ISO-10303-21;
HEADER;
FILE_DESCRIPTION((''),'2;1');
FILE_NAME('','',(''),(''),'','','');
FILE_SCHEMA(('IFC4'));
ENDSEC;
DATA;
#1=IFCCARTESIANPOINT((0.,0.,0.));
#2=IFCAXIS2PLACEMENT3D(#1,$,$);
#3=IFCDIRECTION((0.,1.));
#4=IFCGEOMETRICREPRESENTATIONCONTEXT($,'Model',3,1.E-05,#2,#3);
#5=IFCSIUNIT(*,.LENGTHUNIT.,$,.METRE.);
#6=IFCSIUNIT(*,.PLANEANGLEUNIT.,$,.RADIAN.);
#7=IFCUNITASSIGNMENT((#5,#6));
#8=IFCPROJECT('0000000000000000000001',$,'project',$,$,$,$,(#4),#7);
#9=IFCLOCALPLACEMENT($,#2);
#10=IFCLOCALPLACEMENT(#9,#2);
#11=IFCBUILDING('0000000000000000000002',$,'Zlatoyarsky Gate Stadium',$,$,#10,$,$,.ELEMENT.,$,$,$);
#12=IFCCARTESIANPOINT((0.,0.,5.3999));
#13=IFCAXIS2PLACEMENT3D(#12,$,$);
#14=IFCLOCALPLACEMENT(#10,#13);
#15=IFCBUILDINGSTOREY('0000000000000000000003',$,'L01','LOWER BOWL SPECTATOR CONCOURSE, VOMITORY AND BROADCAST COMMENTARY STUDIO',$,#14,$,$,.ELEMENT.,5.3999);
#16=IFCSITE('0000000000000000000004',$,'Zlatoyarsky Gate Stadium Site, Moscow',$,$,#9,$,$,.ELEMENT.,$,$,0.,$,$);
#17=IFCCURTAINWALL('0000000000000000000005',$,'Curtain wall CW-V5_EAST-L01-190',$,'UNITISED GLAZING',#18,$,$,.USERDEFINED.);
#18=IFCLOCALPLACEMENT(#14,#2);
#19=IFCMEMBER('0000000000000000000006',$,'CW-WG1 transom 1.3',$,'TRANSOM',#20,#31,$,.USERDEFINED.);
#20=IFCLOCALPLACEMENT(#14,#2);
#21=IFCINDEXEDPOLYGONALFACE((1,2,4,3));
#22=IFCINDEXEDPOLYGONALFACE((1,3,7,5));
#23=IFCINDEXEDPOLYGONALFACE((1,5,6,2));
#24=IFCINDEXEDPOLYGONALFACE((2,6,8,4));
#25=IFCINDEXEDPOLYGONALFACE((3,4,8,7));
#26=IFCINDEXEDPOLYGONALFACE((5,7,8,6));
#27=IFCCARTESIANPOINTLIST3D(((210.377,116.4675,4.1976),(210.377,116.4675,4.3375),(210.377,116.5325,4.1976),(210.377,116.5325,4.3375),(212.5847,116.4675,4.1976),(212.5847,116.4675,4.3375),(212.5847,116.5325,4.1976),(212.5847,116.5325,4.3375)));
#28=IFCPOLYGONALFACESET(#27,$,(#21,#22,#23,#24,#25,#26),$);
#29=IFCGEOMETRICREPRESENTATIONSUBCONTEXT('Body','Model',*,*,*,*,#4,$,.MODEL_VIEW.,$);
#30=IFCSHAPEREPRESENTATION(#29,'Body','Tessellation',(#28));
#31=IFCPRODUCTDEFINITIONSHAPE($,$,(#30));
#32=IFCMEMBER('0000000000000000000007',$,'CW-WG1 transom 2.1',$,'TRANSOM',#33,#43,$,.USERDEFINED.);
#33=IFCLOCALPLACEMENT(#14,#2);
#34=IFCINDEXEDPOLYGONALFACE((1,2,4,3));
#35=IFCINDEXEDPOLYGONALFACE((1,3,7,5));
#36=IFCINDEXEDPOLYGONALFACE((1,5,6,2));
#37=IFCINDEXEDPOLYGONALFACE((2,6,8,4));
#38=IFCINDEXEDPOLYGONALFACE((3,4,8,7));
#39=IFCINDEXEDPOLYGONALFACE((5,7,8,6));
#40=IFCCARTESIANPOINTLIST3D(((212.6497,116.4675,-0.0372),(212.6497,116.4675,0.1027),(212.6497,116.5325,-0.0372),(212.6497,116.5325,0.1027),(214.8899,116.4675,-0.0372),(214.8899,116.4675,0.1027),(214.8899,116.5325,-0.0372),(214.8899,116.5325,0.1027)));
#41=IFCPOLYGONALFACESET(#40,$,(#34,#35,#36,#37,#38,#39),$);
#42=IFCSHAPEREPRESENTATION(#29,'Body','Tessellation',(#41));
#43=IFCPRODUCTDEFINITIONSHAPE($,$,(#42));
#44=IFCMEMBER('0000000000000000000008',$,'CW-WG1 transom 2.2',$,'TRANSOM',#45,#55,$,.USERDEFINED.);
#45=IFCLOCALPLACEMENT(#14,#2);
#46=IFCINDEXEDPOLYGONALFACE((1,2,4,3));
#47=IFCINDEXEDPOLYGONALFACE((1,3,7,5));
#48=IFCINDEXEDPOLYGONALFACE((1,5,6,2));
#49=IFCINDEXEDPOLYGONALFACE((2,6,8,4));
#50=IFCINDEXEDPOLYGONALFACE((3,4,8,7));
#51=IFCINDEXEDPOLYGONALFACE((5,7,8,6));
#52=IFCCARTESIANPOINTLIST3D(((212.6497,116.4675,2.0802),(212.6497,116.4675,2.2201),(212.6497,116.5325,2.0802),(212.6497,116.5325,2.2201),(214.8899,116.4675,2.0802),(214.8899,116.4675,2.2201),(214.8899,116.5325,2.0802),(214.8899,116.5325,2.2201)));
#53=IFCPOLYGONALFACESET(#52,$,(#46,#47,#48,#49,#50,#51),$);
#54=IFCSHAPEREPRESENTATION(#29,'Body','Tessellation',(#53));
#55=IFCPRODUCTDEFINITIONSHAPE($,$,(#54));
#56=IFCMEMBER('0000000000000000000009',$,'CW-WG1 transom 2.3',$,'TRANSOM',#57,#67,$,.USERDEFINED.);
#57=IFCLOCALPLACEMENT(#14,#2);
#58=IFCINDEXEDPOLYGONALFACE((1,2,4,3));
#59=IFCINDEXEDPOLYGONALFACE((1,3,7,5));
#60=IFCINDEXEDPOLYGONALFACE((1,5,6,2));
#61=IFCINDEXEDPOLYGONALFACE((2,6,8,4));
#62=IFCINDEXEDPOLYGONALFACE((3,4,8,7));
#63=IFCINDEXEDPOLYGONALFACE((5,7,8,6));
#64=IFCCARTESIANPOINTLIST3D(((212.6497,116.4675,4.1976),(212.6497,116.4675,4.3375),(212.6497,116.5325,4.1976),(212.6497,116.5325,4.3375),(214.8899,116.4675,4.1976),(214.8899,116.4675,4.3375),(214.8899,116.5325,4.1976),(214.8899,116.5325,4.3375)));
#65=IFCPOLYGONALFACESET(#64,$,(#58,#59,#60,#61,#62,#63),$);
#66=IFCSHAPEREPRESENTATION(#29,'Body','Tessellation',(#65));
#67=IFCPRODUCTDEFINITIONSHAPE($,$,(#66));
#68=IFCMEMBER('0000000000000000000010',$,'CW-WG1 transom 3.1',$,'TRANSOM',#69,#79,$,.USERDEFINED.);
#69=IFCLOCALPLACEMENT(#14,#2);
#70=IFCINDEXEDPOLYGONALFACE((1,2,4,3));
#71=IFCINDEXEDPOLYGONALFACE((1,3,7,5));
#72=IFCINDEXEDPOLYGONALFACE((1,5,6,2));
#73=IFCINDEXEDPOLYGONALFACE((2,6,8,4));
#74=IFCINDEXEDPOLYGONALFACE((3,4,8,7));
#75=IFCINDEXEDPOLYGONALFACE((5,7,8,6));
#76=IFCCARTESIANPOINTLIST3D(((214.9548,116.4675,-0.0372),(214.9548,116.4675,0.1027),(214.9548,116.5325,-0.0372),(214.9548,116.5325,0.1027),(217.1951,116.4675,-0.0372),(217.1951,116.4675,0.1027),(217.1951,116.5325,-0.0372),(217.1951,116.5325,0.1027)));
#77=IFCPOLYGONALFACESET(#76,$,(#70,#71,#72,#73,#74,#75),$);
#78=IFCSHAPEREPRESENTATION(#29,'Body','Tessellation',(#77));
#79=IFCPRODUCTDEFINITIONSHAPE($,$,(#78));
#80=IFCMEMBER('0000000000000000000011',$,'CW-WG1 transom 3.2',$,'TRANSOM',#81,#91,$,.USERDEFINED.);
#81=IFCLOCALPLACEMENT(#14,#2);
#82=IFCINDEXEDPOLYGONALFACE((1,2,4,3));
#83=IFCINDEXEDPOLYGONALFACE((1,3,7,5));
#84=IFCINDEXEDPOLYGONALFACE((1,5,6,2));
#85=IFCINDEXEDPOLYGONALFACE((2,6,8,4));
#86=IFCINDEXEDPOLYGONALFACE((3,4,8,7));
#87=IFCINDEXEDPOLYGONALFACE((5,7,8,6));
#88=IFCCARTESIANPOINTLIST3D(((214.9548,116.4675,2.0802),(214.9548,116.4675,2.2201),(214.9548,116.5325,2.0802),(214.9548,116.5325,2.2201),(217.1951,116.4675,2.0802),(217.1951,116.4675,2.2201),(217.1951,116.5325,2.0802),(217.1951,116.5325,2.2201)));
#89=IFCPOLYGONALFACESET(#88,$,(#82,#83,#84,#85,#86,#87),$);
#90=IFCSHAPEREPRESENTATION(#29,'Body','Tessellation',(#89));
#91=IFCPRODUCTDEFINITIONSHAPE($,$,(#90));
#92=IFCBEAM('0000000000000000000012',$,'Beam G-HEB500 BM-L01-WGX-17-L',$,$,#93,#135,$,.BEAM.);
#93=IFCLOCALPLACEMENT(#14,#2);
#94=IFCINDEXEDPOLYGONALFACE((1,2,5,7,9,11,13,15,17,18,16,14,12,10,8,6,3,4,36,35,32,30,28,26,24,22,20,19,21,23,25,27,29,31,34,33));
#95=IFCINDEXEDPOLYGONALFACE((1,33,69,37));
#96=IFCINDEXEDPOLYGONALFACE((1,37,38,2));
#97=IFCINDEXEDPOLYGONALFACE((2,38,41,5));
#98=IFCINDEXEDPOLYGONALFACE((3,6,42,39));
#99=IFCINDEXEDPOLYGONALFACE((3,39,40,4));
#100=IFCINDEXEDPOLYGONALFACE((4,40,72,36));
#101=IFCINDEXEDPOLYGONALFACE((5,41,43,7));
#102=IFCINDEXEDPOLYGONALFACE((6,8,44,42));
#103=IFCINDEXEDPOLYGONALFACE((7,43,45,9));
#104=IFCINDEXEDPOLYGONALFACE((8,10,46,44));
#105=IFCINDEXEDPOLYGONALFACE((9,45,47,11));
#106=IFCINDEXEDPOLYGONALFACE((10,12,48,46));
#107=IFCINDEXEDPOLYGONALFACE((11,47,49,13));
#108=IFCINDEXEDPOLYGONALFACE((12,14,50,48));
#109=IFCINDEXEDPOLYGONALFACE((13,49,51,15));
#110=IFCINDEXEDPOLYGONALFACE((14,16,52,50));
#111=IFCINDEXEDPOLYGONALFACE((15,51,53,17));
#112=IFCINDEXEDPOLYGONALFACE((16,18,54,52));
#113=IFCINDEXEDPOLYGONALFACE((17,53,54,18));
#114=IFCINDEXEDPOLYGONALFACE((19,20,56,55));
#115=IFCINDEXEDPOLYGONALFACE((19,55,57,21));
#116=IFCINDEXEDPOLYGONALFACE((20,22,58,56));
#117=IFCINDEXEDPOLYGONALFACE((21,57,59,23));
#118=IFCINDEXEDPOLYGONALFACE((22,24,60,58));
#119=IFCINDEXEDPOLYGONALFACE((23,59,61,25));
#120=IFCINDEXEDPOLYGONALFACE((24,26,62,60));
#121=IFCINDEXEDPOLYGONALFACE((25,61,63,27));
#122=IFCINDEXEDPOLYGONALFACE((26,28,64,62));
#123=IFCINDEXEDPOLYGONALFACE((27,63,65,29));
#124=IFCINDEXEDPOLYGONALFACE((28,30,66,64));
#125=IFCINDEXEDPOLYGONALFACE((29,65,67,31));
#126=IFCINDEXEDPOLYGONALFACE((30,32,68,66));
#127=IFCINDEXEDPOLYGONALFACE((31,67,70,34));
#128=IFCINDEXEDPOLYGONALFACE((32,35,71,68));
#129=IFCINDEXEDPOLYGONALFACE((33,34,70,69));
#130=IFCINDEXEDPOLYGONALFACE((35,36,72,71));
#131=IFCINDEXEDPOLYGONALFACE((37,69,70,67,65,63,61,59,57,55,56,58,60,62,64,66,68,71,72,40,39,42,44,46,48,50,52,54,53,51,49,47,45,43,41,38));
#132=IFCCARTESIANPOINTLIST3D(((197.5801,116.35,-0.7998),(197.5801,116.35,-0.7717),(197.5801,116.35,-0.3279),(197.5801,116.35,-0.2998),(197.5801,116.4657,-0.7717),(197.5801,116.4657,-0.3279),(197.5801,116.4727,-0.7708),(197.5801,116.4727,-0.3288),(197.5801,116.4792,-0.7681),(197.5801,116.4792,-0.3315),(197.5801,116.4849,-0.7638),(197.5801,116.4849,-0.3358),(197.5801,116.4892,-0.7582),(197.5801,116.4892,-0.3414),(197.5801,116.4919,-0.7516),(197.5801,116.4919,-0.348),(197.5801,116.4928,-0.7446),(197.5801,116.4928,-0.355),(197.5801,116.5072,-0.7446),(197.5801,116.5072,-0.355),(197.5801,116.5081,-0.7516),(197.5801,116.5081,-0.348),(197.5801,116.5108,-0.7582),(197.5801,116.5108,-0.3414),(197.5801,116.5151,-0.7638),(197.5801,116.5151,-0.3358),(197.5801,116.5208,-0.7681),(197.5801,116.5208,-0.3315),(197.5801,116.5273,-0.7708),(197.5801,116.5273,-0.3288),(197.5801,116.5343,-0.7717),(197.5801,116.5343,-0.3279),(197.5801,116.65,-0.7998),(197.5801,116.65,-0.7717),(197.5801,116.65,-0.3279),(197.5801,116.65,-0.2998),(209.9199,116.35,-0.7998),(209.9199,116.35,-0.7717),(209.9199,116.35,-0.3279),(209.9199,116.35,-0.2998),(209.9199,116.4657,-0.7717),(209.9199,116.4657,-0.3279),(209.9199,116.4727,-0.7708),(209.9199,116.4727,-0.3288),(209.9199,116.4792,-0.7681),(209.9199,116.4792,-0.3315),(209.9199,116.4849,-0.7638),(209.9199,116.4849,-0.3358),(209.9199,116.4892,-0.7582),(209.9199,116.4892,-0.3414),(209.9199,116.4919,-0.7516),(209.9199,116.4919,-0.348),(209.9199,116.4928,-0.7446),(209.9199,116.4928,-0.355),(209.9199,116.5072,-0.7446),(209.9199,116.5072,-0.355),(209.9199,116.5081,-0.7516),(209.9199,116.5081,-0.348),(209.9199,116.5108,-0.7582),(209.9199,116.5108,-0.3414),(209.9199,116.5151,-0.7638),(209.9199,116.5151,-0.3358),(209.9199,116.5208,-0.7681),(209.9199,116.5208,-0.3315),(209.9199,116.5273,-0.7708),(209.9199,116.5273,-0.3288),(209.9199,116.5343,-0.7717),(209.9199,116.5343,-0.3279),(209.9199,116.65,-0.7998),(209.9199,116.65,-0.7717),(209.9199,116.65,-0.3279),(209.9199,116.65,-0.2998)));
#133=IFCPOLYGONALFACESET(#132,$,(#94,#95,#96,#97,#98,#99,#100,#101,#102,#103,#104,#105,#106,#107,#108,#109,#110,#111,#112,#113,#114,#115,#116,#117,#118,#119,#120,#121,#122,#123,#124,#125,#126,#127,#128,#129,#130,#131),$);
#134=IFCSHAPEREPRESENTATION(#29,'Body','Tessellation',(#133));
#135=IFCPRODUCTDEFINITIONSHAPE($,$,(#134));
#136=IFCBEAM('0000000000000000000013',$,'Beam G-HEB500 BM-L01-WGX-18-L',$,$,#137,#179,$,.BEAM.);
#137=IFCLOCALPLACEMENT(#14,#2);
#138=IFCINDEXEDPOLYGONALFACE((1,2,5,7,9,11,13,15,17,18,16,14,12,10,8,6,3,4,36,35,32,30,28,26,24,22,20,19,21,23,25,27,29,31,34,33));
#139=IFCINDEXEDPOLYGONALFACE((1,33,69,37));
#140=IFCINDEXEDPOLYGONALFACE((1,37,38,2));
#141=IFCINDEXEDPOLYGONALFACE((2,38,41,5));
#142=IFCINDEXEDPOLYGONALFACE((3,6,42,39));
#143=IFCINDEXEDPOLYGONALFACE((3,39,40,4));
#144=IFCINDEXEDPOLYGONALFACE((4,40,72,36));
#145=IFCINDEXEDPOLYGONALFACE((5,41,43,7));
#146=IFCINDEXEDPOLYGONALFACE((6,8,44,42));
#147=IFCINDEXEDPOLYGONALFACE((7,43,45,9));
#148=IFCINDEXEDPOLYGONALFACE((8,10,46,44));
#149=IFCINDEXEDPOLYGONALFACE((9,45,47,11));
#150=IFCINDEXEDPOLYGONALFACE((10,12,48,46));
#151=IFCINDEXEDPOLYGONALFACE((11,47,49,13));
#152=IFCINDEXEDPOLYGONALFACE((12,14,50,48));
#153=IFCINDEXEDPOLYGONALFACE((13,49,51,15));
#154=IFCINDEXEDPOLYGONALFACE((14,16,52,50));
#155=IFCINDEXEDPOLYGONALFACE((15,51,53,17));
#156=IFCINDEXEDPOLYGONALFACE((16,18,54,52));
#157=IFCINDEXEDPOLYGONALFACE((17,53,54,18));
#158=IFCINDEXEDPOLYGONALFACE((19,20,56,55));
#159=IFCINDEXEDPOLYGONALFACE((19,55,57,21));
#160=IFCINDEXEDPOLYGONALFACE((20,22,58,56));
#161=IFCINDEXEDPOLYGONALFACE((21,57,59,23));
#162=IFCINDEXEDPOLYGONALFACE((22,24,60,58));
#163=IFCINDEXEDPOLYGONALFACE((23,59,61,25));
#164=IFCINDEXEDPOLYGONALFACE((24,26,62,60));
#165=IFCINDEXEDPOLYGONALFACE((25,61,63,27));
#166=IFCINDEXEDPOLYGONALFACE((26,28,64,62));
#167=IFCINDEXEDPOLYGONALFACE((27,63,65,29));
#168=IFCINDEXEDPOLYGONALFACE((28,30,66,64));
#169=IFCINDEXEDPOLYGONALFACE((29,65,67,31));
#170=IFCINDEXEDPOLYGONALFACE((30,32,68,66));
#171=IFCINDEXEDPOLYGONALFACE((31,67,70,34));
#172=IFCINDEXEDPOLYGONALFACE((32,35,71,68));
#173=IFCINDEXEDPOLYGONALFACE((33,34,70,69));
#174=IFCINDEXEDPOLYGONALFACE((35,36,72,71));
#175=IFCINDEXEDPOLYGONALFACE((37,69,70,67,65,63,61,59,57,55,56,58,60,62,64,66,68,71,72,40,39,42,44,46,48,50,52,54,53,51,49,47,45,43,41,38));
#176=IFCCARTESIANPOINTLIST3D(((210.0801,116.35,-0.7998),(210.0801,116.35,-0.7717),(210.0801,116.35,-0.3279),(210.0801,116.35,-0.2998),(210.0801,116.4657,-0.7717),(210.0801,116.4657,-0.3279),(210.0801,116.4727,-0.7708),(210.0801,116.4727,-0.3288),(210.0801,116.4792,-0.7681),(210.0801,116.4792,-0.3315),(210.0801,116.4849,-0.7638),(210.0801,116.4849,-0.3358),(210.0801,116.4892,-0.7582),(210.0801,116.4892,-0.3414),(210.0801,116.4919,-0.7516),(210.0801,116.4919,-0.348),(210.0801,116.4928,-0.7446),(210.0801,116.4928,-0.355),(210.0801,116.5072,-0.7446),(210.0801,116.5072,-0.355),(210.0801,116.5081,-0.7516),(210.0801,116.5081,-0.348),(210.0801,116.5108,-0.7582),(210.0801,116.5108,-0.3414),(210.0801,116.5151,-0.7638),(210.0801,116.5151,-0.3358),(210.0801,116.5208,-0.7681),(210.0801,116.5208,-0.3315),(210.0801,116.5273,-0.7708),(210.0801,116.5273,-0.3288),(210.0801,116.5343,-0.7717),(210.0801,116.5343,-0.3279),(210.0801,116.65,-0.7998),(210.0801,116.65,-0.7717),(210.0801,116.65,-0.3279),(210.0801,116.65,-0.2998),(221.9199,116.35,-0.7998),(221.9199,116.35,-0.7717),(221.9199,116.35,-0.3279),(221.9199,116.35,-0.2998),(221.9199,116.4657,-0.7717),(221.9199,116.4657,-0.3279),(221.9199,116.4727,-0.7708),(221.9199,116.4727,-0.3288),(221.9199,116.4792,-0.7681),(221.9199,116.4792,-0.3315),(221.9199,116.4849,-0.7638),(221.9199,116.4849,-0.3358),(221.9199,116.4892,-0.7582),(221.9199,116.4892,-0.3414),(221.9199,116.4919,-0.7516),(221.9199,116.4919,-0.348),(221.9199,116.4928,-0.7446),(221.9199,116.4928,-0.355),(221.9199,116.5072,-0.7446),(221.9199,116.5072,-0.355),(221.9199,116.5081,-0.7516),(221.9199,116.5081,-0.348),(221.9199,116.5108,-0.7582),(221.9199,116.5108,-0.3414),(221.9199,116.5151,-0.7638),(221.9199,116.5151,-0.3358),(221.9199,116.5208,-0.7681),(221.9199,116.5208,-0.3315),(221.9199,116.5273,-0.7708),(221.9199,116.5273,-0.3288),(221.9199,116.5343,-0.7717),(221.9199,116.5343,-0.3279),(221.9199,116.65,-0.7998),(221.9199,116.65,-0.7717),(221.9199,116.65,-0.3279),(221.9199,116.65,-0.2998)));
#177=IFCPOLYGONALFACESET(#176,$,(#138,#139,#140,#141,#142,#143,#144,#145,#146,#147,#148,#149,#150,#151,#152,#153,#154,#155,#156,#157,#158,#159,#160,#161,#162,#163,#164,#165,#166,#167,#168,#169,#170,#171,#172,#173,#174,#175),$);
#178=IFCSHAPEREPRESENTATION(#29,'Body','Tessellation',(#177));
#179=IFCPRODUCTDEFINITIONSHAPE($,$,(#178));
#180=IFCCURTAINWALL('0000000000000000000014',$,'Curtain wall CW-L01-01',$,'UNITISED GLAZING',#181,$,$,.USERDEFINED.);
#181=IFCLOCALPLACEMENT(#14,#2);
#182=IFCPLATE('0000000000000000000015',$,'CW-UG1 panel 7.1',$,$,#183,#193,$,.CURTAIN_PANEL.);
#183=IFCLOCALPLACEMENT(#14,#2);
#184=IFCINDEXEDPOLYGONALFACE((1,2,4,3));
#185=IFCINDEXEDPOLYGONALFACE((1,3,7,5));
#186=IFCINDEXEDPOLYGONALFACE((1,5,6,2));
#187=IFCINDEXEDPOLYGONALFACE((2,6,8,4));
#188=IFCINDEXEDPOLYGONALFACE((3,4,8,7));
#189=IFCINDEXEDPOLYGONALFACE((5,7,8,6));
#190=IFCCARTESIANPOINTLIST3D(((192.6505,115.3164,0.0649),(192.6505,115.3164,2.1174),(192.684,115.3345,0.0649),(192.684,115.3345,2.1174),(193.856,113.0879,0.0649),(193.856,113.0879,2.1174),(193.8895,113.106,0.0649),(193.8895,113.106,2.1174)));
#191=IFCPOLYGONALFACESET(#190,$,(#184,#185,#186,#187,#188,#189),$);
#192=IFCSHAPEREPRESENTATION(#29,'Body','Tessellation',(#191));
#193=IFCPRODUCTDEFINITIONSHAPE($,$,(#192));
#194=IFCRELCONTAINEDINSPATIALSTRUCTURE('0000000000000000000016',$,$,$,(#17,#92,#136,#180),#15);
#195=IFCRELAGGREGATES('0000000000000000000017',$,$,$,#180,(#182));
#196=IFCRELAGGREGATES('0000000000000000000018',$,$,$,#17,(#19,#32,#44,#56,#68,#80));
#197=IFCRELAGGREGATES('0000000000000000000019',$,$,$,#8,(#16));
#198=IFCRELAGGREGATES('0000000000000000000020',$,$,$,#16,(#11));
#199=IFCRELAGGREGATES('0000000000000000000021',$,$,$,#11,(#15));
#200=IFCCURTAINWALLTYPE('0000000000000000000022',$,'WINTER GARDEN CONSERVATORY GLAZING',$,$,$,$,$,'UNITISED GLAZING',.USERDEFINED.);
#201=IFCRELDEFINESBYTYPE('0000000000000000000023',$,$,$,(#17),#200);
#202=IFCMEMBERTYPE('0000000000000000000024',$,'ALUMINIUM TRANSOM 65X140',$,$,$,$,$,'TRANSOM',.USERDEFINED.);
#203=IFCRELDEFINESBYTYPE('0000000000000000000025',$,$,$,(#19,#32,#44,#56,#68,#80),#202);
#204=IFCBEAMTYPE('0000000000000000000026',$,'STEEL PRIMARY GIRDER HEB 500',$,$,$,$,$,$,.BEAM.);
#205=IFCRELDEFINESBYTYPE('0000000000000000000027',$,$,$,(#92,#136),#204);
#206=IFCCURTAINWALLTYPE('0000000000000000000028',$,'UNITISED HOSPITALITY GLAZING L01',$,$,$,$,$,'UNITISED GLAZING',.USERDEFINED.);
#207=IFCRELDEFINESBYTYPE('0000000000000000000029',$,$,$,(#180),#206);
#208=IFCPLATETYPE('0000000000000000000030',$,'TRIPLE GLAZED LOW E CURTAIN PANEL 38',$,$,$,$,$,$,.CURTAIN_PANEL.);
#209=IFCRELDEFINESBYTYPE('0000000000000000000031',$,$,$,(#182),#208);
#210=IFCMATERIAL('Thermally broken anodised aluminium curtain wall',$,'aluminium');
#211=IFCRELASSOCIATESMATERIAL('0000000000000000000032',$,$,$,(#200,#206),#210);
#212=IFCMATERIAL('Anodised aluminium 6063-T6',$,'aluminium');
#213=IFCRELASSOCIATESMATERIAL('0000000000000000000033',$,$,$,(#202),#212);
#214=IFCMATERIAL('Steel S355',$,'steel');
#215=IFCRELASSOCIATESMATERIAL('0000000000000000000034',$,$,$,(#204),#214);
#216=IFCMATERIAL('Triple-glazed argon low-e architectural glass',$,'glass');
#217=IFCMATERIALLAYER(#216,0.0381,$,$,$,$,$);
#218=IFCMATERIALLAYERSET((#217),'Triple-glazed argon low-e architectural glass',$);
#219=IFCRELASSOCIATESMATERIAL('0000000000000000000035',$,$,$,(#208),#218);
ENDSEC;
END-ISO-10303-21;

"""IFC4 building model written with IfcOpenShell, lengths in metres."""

from ifc_helpers import new_model, si_unit, direction, frame, origin, origin_2d, place, context, subcontext, project, spatial, rectangle, i_section, extrude, material, layer, layer_set, material_profile, profile_set, type_object, element, aggregate, save


model = new_model("IFC4")

# Units and contexts
model_context = context("Model", 3, precision=1e-05, world=origin(), true_north=direction((0.0, 1.0)))
body_context = subcontext(model_context, "Body", "Model", "MODEL_VIEW")
ifc_project = project(units=[si_unit("LENGTHUNIT", "METRE"), si_unit("PLANEANGLEUNIT", "RADIAN")], contexts=[model_context])

# Site, building, storey
site_placement = place(None, origin())
site = spatial("IfcSite", under=ifc_project, at=site_placement, Name="Zlatoyarsky Gate Stadium Site, Moscow", CompositionType="ELEMENT", RefElevation=0.0)
building_placement = place(site_placement, origin())
building = spatial("IfcBuilding", under=site, at=building_placement, Name="Zlatoyarsky Gate Stadium", CompositionType="ELEMENT")
storey_placement = place(building_placement, frame((0.0, 0.0, 5.3999)))
storey = spatial("IfcBuildingStorey", under=building, at=storey_placement, Name="L01", Description="LOWER BOWL SPECTATOR CONCOURSE, VOMITORY AND BROADCAST COMMENTARY STUDIO", CompositionType="ELEMENT", Elevation=5.3999)

# Shared definitions
ifc_material_1 = material(Name="Steel S355", Category="steel")

# Shared definitions
ifc_material_2 = material(Name="Thermally broken anodised aluminium curtain wall", Category="aluminium")
curtain_wall_type_1 = type_object("IfcCurtainWallType", Name="WINTER GARDEN CONSERVATORY GLAZING", ElementType="UNITISED GLAZING", PredefinedType="USERDEFINED", material=ifc_material_2)
ifc_material_3 = material(Name="Anodised aluminium 6063-T6", Category="aluminium")

# Curtain wall
curtain_wall_1_placement = place(storey_placement, origin())
curtain_wall_1 = element("IfcCurtainWall", 1, at=curtain_wall_1_placement, inside=storey, type_object=curtain_wall_type_1, Name="Curtain wall CW-V5_EAST-L01-190", ObjectType="UNITISED GLAZING", PredefinedType="USERDEFINED")

# Members
ifc_material_profile_1 = material_profile(ifc_material_3, rectangle(XDim=0.0649, YDim=0.1399, at=origin_2d()), Name="ALU 65X140")
ifc_profile_set_1 = profile_set([ifc_material_profile_1], Name="Anodised aluminium 6063-T6")
member_type_1 = type_object("IfcMemberType", Name="ALUMINIUM TRANSOM 65X140", ElementType="TRANSOM", PredefinedType="USERDEFINED", material=ifc_profile_set_1)
member_1_placement = place(storey_placement, frame((210.377, 116.5, 4.2676), z_axis=(1.0, 0.0, 0.0), x_axis=(0.0, 1.0, 0.0)))
member_1 = element("IfcMember", 2, at=member_1_placement, type_object=member_type_1, Name="CW-WG1 transom 1.3", ObjectType="TRANSOM", PredefinedType="USERDEFINED", context=body_context, shape_type="SweptSolid", body=[
    extrude(rectangle(XDim=0.0649, YDim=0.1399, at=origin_2d()), origin(), (0.0, 0.0, 1.0), 2.2078),
])
member_2_placement = place(storey_placement, frame((212.6497, 116.5, 0.0327), z_axis=(1.0, 0.0, 0.0), x_axis=(0.0, 1.0, 0.0)))
member_2 = element("IfcMember", 3, at=member_2_placement, type_object=member_type_1, Name="CW-WG1 transom 2.1", ObjectType="TRANSOM", PredefinedType="USERDEFINED", context=body_context, shape_type="SweptSolid", body=[
    extrude(rectangle(XDim=0.0649, YDim=0.1399, at=origin_2d()), origin(), (0.0, 0.0, 1.0), 2.2402),
])
member_3_placement = place(storey_placement, frame((212.6497, 116.5, 2.1501), z_axis=(1.0, 0.0, 0.0), x_axis=(0.0, 1.0, 0.0)))
member_3 = element("IfcMember", 4, at=member_3_placement, type_object=member_type_1, Name="CW-WG1 transom 2.2", ObjectType="TRANSOM", PredefinedType="USERDEFINED", context=body_context, shape_type="SweptSolid", body=[
    extrude(rectangle(XDim=0.0649, YDim=0.1399, at=origin_2d()), origin(), (0.0, 0.0, 1.0), 2.2402),
])
member_4_placement = place(storey_placement, frame((212.6497, 116.5, 4.2676), z_axis=(1.0, 0.0, 0.0), x_axis=(0.0, 1.0, 0.0)))
member_4 = element("IfcMember", 5, at=member_4_placement, type_object=member_type_1, Name="CW-WG1 transom 2.3", ObjectType="TRANSOM", PredefinedType="USERDEFINED", context=body_context, shape_type="SweptSolid", body=[
    extrude(rectangle(XDim=0.0649, YDim=0.1399, at=origin_2d()), origin(), (0.0, 0.0, 1.0), 2.2402),
])
member_5_placement = place(storey_placement, frame((214.9548, 116.5, 0.0327), z_axis=(1.0, 0.0, 0.0), x_axis=(0.0, 1.0, 0.0)))
member_5 = element("IfcMember", 6, at=member_5_placement, type_object=member_type_1, Name="CW-WG1 transom 3.1", ObjectType="TRANSOM", PredefinedType="USERDEFINED", context=body_context, shape_type="SweptSolid", body=[
    extrude(rectangle(XDim=0.0649, YDim=0.1399, at=origin_2d()), origin(), (0.0, 0.0, 1.0), 2.2402),
])
member_6_placement = place(storey_placement, frame((214.9548, 116.5, 2.1501), z_axis=(1.0, 0.0, 0.0), x_axis=(0.0, 1.0, 0.0)))
member_6 = element("IfcMember", 7, at=member_6_placement, type_object=member_type_1, Name="CW-WG1 transom 3.2", ObjectType="TRANSOM", PredefinedType="USERDEFINED", context=body_context, shape_type="SweptSolid", body=[
    extrude(rectangle(XDim=0.0649, YDim=0.1399, at=origin_2d()), origin(), (0.0, 0.0, 1.0), 2.2402),
])

# Beams
ifc_material_profile_2 = material_profile(ifc_material_1, i_section(OverallWidth=0.3, OverallDepth=0.5, WebThickness=0.0144, FlangeThickness=0.0281, FilletRadius=0.0271, at=origin_2d()), Name="HEB 500")
ifc_profile_set_2 = profile_set([ifc_material_profile_2], Name="Steel S355")
beam_type = type_object("IfcBeamType", Name="STEEL PRIMARY GIRDER HEB 500", PredefinedType="BEAM", material=ifc_profile_set_2)
beam_1_placement = place(storey_placement, frame((197.5801, 116.5, -0.5498), z_axis=(1.0, 0.0, 0.0), x_axis=(0.0, 1.0, 0.0)))
element("IfcBeam", 8, at=beam_1_placement, inside=storey, type_object=beam_type, Name="Beam G-HEB500 BM-L01-WGX-17-L", PredefinedType="BEAM", context=body_context, shape_type="SweptSolid", body=[
    extrude(i_section(OverallWidth=0.3, OverallDepth=0.5, WebThickness=0.0144, FlangeThickness=0.0281, FilletRadius=0.0271, at=origin_2d()), origin(), (0.0, 0.0, 1.0), 12.3398),
])
beam_2_placement = place(storey_placement, frame((210.0801, 116.5, -0.5498), z_axis=(1.0, 0.0, 0.0), x_axis=(0.0, 1.0, 0.0)))
element("IfcBeam", 9, at=beam_2_placement, inside=storey, type_object=beam_type, Name="Beam G-HEB500 BM-L01-WGX-18-L", PredefinedType="BEAM", context=body_context, shape_type="SweptSolid", body=[
    extrude(i_section(OverallWidth=0.3, OverallDepth=0.5, WebThickness=0.0144, FlangeThickness=0.0281, FilletRadius=0.0271, at=origin_2d()), origin(), (0.0, 0.0, 1.0), 11.8398),
])

# Curtain wall, plate
curtain_wall_type_2 = type_object("IfcCurtainWallType", Name="UNITISED HOSPITALITY GLAZING L01", ElementType="UNITISED GLAZING", PredefinedType="USERDEFINED", material=ifc_material_2)
curtain_wall_2_placement = place(storey_placement, origin())
curtain_wall_2 = element("IfcCurtainWall", 10, at=curtain_wall_2_placement, inside=storey, type_object=curtain_wall_type_2, Name="Curtain wall CW-L01-01", ObjectType="UNITISED GLAZING", PredefinedType="USERDEFINED")
ifc_material_4 = material(Name="Triple-glazed argon low-e architectural glass", Category="glass")
ifc_layer_1 = layer(ifc_material_4, 0.0381)
ifc_layer_set_1 = layer_set([ifc_layer_1], Name="Triple-glazed argon low-e architectural glass")
plate_type = type_object("IfcPlateType", Name="TRIPLE GLAZED LOW E CURTAIN PANEL 38", PredefinedType="CURTAIN_PANEL", material=ifc_layer_set_1)
plate_1_placement = place(storey_placement, frame((193.27, 114.2112, 0.0649), z_axis=(0.0, 0.0, 1.0), x_axis=(-0.475784, 0.879562, 0.0)))
plate_1 = element("IfcPlate", 11, at=plate_1_placement, type_object=plate_type, Name="CW-UG1 panel 7.1", PredefinedType="CURTAIN_PANEL", context=body_context, shape_type="SweptSolid", body=[
    extrude(rectangle(XDim=2.5337, YDim=0.0381, at=origin_2d()), origin(), (0.0, 0.0, 1.0), 2.0525),
])
aggregate(curtain_wall_2, [plate_1])

aggregate(curtain_wall_1, [member_1, member_2, member_3, member_4, member_5, member_6])

save(model, "model.ifc")
